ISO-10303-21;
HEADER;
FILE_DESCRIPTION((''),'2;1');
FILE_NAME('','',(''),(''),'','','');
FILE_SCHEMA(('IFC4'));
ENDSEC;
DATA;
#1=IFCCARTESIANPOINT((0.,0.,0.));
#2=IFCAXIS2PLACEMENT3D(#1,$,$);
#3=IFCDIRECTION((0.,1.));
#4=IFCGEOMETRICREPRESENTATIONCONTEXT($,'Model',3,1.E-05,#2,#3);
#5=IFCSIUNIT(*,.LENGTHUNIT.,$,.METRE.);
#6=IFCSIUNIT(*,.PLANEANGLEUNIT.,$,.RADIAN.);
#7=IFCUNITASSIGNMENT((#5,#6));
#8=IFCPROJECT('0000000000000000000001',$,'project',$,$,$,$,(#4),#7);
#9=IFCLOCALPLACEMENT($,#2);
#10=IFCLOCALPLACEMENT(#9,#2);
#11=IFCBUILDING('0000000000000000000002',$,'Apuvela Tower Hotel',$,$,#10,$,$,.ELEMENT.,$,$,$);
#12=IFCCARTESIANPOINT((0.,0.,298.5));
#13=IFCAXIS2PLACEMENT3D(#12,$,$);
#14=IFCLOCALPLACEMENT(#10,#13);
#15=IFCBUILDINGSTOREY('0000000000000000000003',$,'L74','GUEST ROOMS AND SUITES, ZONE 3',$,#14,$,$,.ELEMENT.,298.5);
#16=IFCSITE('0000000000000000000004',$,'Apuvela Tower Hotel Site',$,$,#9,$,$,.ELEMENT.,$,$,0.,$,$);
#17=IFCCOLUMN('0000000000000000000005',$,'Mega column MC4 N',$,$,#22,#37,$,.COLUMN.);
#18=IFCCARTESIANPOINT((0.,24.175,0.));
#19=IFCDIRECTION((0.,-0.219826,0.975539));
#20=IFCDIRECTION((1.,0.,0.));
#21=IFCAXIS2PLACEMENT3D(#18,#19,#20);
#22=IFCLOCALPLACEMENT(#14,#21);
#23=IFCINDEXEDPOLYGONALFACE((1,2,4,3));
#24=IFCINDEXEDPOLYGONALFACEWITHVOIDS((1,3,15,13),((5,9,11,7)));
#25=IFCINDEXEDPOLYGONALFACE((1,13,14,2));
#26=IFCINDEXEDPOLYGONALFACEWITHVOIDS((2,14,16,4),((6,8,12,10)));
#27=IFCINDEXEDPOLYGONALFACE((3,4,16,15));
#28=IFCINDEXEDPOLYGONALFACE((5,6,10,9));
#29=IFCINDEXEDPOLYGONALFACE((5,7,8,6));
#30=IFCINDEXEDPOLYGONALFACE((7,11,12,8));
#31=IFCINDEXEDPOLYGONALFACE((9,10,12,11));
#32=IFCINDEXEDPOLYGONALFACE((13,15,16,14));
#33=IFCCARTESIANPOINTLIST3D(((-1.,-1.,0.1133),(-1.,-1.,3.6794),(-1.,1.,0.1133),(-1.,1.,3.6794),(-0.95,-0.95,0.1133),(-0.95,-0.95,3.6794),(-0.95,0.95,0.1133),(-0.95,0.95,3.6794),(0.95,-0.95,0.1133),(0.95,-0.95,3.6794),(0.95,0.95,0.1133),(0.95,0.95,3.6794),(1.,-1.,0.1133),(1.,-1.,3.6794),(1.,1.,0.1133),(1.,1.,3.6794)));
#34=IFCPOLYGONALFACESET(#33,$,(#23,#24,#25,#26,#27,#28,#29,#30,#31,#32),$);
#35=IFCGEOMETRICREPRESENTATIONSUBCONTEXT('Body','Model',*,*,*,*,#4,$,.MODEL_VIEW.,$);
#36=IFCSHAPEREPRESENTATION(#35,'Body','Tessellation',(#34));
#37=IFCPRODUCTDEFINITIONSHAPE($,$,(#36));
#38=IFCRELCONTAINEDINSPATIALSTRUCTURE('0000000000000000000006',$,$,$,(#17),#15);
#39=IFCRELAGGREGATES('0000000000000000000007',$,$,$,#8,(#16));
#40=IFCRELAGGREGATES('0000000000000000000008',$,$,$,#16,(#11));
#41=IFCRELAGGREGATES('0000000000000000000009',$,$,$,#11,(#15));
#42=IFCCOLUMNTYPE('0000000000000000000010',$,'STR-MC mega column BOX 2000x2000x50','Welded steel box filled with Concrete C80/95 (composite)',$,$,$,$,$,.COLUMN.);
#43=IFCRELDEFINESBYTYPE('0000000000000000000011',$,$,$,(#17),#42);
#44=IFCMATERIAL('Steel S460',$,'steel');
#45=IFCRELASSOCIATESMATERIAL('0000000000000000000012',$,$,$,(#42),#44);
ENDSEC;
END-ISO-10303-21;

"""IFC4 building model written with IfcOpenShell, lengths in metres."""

from ifc_helpers import new_model, si_unit, direction, frame, origin, origin_2d, place, context, subcontext, project, spatial, rectangle, hollow_rectangle, extrude, boolean, halfspace, material, material_profile, profile_set, type_object, element, save


model = new_model("IFC4")

# Units and contexts
model_context = context("Model", 3, precision=1e-05, world=origin(), true_north=direction((0.0, 1.0)))
body_context = subcontext(model_context, "Body", "Model", "MODEL_VIEW")
ifc_project = project(units=[si_unit("LENGTHUNIT", "METRE"), si_unit("PLANEANGLEUNIT", "RADIAN")], contexts=[model_context])

# Site, building, storey
site_placement = place(None, origin())
site = spatial("IfcSite", under=ifc_project, at=site_placement, Name="Apuvela Tower Hotel Site", CompositionType="ELEMENT", RefElevation=0.0)
building_placement = place(site_placement, origin())
building = spatial("IfcBuilding", under=site, at=building_placement, Name="Apuvela Tower Hotel", CompositionType="ELEMENT")
storey_placement = place(building_placement, frame((0.0, 0.0, 298.5)))
storey = spatial("IfcBuildingStorey", under=building, at=storey_placement, Name="L74", Description="GUEST ROOMS AND SUITES, ZONE 3", CompositionType="ELEMENT", Elevation=298.5)

# Column
ifc_material_1 = material(Name="Steel S460", Category="steel")
ifc_material_profile_1 = material_profile(ifc_material_1, hollow_rectangle(XDim=2.0, YDim=2.0, WallThickness=0.05, at=origin_2d()), Name="BOX 2000x2000x50")
ifc_material_2 = material(Name="Concrete C80/95", Category="concrete")
ifc_material_profile_2 = material_profile(ifc_material_2, rectangle(XDim=1.8999, YDim=1.8999, at=origin_2d()), Name="Concrete C80/95 infill")
ifc_profile_set_1 = profile_set([ifc_material_profile_1, ifc_material_profile_2], Name="Steel S460")
column_type_1 = type_object("IfcColumnType", Name="STR-MC mega column BOX 2000x2000x50", Description="Welded steel box filled with Concrete C80/95 (composite)", PredefinedType="COLUMN", material=ifc_profile_set_1)
column_1_placement = place(storey_placement, frame((0.0, 24.175, 0.0), z_axis=(0.0, -0.219826, 0.975539), x_axis=(1.0, 0.0, 0.0)))
element("IfcColumn", 1, at=column_1_placement, inside=storey, type_object=column_type_1, Name="Mega column MC4 N", PredefinedType="COLUMN", context=body_context, shape_type="SweptSolid", body=[
    boolean("DIFFERENCE", boolean("DIFFERENCE", extrude(hollow_rectangle(XDim=2.0, YDim=2.0, WallThickness=0.05, at=origin_2d()), origin(), (0.0, 0.0, 1.0), 3.7927), halfspace(frame((0.0, 0.0, 0.1133), z_axis=(0.0, 0.0, 1.0), x_axis=(1.0, 0.0, 0.0)), True)), halfspace(frame((0.0, 0.0, 3.6794), z_axis=(0.0, 0.0, 1.0), x_axis=(1.0, 0.0, 0.0)), False)),
])

save(model, "model.ifc")
